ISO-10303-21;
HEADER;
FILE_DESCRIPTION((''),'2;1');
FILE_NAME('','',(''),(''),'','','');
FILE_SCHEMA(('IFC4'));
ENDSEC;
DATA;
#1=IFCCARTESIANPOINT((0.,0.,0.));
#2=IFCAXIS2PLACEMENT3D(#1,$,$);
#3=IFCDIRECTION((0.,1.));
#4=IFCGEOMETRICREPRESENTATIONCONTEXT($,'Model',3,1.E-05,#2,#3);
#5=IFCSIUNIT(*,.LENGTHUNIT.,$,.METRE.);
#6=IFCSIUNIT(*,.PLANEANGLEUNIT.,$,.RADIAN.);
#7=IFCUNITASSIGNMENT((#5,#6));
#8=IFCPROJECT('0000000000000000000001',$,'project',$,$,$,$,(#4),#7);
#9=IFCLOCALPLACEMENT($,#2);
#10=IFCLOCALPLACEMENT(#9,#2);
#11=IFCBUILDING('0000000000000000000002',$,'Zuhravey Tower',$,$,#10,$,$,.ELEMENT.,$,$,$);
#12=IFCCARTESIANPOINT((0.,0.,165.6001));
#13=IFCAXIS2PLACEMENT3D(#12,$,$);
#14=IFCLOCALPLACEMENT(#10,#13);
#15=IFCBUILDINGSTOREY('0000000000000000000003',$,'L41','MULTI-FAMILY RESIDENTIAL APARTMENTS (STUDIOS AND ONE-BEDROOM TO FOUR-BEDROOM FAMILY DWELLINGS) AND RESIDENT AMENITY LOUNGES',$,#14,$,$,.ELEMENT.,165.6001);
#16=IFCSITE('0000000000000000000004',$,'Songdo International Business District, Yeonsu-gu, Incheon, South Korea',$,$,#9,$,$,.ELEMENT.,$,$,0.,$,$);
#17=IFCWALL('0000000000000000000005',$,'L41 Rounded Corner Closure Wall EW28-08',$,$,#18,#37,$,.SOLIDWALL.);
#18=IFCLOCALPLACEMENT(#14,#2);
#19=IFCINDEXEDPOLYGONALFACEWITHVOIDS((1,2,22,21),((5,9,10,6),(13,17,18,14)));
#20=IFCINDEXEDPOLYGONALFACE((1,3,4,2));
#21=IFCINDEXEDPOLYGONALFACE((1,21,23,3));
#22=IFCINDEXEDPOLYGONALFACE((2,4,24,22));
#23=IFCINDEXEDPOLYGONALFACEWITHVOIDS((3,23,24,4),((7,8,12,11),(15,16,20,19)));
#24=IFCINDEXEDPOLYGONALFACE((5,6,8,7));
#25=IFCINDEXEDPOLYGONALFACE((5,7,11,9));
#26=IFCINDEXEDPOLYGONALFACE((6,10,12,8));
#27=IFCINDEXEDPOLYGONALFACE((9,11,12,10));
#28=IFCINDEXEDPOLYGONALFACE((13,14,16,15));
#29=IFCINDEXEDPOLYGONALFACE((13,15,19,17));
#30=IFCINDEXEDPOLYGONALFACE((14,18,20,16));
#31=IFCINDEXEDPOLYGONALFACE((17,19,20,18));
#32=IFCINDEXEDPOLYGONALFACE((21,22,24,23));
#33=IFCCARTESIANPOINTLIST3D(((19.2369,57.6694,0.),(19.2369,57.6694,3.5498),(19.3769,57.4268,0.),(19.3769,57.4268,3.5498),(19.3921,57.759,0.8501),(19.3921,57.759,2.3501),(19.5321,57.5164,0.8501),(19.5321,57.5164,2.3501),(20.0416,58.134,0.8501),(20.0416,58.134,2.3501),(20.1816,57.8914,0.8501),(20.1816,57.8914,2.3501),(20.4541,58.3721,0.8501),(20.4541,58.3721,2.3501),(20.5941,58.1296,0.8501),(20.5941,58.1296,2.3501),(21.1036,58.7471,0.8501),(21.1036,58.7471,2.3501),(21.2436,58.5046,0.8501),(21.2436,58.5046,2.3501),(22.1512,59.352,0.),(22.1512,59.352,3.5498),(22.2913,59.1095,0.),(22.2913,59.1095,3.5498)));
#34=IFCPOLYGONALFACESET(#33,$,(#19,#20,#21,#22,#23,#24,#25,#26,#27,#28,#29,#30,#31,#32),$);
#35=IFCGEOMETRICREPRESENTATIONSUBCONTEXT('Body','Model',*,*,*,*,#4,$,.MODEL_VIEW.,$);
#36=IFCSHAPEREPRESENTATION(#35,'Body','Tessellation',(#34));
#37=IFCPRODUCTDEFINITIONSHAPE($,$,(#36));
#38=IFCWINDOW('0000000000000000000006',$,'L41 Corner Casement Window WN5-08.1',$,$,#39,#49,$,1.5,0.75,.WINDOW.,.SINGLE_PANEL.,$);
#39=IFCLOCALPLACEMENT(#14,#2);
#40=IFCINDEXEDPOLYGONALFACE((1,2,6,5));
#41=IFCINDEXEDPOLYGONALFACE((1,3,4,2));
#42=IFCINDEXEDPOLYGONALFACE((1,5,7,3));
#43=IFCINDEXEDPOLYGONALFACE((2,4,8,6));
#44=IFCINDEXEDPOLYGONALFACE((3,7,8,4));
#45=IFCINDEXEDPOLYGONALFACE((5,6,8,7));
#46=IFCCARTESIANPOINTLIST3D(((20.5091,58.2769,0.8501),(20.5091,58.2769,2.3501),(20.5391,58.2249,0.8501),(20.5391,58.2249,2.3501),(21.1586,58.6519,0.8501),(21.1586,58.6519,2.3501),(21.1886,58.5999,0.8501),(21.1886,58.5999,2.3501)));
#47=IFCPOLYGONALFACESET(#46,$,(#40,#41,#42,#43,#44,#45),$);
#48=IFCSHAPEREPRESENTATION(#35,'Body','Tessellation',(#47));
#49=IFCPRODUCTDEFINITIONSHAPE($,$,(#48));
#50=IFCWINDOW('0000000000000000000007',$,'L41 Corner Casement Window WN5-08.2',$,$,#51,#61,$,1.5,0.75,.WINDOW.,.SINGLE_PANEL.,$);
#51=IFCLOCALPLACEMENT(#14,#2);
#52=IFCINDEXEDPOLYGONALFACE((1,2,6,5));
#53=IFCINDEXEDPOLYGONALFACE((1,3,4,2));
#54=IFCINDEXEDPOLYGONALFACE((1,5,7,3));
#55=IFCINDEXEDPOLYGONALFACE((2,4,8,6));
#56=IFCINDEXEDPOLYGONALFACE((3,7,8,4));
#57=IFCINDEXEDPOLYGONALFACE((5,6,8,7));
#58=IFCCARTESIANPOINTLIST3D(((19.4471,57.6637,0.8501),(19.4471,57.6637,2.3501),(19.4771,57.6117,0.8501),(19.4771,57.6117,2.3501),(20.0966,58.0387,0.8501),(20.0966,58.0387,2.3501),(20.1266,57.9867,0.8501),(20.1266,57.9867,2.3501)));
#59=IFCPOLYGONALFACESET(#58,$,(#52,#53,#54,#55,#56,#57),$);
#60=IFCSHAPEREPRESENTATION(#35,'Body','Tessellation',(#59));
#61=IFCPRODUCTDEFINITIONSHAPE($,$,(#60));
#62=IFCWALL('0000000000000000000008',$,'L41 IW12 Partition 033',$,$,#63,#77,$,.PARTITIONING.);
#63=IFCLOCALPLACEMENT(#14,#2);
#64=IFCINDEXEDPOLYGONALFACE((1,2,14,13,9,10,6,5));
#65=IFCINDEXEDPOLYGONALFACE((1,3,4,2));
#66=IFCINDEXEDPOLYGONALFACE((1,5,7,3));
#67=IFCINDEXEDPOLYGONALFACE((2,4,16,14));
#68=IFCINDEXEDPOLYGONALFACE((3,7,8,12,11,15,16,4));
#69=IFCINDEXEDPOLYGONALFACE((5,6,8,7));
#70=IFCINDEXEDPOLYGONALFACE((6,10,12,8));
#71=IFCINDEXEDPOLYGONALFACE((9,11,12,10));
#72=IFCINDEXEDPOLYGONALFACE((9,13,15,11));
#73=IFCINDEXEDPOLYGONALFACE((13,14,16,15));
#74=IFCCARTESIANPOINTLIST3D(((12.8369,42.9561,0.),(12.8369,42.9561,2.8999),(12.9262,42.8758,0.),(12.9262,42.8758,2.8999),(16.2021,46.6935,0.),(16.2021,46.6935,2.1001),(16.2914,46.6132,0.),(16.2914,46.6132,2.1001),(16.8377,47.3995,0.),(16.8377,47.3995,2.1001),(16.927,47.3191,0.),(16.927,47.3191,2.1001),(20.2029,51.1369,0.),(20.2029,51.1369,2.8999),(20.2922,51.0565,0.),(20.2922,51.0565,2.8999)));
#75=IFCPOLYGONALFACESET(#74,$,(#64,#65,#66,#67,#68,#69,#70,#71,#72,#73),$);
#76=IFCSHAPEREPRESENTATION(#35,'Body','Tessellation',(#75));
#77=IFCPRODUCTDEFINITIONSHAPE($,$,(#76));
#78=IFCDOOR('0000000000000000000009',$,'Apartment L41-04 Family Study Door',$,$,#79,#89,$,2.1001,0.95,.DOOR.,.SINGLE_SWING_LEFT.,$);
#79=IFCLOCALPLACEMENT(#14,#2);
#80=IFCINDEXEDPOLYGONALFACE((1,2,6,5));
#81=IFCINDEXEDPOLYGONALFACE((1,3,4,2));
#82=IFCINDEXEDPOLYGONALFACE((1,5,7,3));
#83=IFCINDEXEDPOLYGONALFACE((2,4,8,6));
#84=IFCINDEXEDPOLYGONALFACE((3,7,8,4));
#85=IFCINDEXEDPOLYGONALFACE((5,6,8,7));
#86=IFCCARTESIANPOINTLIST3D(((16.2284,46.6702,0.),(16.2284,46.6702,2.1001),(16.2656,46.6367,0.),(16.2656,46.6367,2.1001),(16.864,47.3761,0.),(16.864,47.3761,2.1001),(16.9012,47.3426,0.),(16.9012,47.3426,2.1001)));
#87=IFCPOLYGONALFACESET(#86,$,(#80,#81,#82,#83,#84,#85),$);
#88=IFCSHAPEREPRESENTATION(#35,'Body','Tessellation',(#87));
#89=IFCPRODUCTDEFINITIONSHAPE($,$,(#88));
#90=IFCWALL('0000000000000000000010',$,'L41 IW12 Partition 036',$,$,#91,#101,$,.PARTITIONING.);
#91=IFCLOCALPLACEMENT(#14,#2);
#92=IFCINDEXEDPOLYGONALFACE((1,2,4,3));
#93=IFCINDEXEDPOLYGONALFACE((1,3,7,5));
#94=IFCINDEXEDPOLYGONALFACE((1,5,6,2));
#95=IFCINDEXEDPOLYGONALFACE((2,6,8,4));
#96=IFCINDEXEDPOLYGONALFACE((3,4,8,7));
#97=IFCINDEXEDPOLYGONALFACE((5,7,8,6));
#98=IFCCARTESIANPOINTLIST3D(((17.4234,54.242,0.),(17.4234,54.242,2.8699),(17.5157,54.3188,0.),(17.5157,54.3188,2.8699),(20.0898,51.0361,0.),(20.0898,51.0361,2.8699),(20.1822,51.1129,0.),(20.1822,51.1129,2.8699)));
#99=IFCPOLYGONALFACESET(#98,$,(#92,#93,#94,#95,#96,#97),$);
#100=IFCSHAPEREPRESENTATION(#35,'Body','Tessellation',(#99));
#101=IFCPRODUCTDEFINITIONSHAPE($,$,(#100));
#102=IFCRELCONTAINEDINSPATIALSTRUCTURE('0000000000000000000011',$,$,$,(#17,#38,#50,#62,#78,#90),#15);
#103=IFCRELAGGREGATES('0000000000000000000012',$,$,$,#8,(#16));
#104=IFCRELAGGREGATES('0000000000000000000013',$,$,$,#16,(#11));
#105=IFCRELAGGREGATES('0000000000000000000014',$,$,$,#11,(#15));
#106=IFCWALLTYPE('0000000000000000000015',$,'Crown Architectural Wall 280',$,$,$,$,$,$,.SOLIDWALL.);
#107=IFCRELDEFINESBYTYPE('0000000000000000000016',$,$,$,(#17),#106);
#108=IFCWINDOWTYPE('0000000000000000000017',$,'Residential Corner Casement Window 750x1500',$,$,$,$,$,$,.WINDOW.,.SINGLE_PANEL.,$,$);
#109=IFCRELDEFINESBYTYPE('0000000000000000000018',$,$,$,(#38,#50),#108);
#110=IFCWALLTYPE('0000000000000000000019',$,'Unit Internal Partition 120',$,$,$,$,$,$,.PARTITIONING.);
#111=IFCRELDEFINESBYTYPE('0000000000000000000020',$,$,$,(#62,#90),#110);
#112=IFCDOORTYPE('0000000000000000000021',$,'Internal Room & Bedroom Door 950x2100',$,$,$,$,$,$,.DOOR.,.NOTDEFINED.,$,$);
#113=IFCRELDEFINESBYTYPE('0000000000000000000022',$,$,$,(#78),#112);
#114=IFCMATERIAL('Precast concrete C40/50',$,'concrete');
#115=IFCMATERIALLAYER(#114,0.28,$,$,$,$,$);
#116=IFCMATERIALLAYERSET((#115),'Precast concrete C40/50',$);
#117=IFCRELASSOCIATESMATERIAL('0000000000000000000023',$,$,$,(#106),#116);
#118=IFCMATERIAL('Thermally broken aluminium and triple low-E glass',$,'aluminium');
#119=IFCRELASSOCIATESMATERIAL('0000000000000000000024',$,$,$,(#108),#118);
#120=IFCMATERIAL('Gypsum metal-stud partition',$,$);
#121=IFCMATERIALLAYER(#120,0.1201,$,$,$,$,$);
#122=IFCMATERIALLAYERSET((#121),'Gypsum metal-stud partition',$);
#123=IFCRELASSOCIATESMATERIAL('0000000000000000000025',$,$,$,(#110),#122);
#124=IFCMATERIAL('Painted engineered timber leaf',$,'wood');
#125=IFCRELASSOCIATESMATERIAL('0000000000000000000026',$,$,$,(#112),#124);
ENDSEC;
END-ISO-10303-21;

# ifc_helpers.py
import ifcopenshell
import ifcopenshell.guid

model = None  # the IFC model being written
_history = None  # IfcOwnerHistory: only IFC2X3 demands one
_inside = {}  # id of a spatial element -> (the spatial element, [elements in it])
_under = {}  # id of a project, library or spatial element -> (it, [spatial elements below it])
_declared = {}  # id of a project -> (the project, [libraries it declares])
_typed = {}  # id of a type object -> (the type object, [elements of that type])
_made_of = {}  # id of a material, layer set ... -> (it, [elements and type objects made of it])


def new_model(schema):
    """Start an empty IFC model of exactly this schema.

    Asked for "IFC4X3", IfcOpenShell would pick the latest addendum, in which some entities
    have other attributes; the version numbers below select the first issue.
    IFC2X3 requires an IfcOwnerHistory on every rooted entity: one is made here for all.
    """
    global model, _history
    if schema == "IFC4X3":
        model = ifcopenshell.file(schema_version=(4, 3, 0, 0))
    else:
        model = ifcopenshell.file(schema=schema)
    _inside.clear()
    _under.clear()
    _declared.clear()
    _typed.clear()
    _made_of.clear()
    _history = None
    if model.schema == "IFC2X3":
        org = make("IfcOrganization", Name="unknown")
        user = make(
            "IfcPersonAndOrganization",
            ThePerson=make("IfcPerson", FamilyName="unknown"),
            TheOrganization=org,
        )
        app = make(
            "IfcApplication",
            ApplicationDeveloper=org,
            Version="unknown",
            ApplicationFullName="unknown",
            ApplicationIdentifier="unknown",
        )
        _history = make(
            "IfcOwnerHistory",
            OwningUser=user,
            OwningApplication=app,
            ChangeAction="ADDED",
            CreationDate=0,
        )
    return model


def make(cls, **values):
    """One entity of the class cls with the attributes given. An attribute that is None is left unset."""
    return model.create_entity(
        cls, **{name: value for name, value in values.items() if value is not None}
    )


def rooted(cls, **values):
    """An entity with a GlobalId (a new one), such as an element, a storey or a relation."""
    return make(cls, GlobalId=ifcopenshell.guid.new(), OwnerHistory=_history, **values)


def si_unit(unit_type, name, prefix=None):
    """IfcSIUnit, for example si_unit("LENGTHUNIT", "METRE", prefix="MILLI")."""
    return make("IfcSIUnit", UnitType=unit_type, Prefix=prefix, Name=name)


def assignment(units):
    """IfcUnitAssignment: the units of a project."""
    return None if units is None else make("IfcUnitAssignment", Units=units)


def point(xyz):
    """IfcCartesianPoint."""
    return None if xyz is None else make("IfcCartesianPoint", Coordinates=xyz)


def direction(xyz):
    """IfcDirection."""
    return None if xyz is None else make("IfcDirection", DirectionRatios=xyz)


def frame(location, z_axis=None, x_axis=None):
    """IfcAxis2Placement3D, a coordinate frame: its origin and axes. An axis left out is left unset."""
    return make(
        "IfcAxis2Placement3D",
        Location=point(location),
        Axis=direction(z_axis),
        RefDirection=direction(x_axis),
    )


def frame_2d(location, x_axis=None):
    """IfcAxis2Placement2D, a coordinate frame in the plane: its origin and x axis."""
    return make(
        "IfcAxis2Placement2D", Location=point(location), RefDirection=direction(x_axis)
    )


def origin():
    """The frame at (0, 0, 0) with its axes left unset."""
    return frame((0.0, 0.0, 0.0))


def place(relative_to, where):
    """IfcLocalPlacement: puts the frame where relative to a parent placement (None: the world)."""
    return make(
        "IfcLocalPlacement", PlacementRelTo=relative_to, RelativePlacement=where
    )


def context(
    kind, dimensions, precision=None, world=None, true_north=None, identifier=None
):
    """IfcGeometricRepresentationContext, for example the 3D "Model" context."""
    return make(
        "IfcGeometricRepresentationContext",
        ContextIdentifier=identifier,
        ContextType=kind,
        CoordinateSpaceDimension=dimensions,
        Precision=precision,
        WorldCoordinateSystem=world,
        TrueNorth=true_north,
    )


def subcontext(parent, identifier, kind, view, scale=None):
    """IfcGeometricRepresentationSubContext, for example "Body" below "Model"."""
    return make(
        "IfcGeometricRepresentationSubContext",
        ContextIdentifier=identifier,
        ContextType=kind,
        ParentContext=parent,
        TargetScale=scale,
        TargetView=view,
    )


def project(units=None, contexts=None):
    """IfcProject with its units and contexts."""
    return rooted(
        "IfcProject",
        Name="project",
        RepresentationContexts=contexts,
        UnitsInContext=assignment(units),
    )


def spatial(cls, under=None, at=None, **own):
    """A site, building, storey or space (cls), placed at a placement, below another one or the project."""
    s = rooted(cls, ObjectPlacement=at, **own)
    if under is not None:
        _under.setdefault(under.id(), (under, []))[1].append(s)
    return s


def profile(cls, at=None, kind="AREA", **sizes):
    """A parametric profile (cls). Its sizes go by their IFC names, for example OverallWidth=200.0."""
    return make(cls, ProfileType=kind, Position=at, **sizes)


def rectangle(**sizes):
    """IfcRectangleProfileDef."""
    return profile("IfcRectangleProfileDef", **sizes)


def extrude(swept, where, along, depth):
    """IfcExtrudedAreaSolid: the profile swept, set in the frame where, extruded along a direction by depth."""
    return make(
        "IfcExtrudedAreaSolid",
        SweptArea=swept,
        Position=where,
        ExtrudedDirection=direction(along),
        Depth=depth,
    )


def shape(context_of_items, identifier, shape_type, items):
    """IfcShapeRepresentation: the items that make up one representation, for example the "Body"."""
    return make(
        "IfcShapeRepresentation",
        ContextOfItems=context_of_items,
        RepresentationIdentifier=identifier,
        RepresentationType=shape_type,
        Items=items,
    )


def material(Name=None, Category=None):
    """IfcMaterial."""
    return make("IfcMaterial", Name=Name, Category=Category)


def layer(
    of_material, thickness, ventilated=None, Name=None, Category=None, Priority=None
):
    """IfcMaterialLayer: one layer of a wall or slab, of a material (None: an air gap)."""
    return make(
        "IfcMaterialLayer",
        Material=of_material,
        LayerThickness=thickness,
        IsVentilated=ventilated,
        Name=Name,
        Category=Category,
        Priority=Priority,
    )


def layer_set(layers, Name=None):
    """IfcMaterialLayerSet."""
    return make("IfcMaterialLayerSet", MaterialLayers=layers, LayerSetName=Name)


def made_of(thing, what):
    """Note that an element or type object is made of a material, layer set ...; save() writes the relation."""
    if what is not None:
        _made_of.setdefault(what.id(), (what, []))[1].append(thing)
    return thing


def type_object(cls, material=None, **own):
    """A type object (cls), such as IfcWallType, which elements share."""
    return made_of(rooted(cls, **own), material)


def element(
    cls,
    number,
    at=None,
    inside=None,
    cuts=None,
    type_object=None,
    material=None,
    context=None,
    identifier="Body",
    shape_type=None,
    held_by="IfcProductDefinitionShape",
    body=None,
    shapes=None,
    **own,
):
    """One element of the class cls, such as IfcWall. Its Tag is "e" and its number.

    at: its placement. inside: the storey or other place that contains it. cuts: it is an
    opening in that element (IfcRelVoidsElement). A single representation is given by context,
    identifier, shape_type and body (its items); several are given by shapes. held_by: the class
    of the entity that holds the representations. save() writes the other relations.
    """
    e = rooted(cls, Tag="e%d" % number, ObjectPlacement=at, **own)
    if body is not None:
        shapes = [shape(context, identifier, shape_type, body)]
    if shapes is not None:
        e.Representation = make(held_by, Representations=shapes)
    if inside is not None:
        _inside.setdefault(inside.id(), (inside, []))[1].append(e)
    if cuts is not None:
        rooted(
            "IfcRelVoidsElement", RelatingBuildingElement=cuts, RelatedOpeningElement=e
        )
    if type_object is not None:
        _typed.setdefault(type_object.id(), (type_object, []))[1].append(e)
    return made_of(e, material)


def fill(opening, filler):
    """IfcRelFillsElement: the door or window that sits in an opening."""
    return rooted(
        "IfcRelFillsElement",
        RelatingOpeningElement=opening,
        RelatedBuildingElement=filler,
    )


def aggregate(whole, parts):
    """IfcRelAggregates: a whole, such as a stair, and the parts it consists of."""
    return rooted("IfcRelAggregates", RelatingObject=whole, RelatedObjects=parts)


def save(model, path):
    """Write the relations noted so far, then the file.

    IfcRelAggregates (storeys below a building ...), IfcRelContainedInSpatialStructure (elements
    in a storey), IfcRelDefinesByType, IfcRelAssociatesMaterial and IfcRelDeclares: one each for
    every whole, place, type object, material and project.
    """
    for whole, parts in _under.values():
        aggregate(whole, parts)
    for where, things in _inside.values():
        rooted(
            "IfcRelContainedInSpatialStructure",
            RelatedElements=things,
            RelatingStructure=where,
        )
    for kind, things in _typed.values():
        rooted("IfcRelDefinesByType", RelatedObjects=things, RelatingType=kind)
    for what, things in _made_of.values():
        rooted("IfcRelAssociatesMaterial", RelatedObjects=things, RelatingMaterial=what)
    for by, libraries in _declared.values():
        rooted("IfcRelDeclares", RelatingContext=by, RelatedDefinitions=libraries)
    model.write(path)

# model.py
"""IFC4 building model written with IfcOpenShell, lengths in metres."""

from ifc_helpers import new_model, si_unit, direction, frame, frame_2d, origin, place, context, subcontext, project, spatial, rectangle, extrude, material, layer, layer_set, type_object, element, fill, save


model = new_model("IFC4")

# Units and contexts
model_context = context("Model", 3, precision=1e-05, world=origin(), true_north=direction((0.0, 1.0)))
body_context = subcontext(model_context, "Body", "Model", "MODEL_VIEW")
ifc_project = project(units=[si_unit("LENGTHUNIT", "METRE"), si_unit("PLANEANGLEUNIT", "RADIAN")], contexts=[model_context])

# Site, building, storey
site_placement = place(None, origin())
site = spatial("IfcSite", under=ifc_project, at=site_placement, Name="Songdo International Business District, Yeonsu-gu, Incheon, South Korea", CompositionType="ELEMENT", RefElevation=0.0)
building_placement = place(site_placement, origin())
building = spatial("IfcBuilding", under=site, at=building_placement, Name="Zuhravey Tower", CompositionType="ELEMENT")
storey_placement = place(building_placement, frame((0.0, 0.0, 165.6001)))
storey = spatial("IfcBuildingStorey", under=building, at=storey_placement, Name="L41", Description="MULTI-FAMILY RESIDENTIAL APARTMENTS (STUDIOS AND ONE-BEDROOM TO FOUR-BEDROOM FAMILY DWELLINGS) AND RESIDENT AMENITY LOUNGES", CompositionType="ELEMENT", Elevation=165.6001)

# Shared definitions
ifc_material_1 = material(Name="Precast concrete C40/50", Category="concrete")
ifc_layer_1 = layer(ifc_material_1, 0.28)
ifc_layer_set_1 = layer_set([ifc_layer_1], Name="Precast concrete C40/50")
wall_type_1 = type_object("IfcWallType", Name="Crown Architectural Wall 280", PredefinedType="SOLIDWALL", material=ifc_layer_set_1)

# Wall, openings, windows
wall_1_placement = place(storey_placement, frame((19.3069, 57.5481, 0.0), z_axis=(0.0, 0.0, 1.0), x_axis=(0.86602, 0.500009, 0.0)))
wall_1 = element("IfcWall", 1, at=wall_1_placement, inside=storey, type_object=wall_type_1, Name="L41 Rounded Corner Closure Wall EW28-08", PredefinedType="SOLIDWALL", context=body_context, shape_type="SweptSolid", body=[
    extrude(rectangle(XDim=3.3652, YDim=0.28, at=frame_2d((1.6826, 0.0))), origin(), (0.0, 0.0, 1.0), 3.5498),
])
opening_1_placement = place(wall_1_placement, frame((1.4055, 0.0, 0.8501)))
opening_1 = element("IfcOpeningElement", 2, at=opening_1_placement, cuts=wall_1, PredefinedType="OPENING", context=body_context, shape_type="SweptSolid", body=[
    extrude(rectangle(XDim=0.75, YDim=1.5, at=frame_2d((0.375, 0.75))), frame((0.0, 0.1521, 0.0), z_axis=(0.0, -1.0, 0.0), x_axis=(1.0, 0.0, 0.0)), (0.0, 0.0, 1.0), 0.304),
])
opening_2_placement = place(wall_1_placement, frame((0.1792, 0.0, 0.8501)))
opening_2 = element("IfcOpeningElement", 3, at=opening_2_placement, cuts=wall_1, PredefinedType="OPENING", context=body_context, shape_type="SweptSolid", body=[
    extrude(rectangle(XDim=0.75, YDim=1.5, at=frame_2d((0.375, 0.75))), frame((0.0, 0.1521, 0.0), z_axis=(0.0, -1.0, 0.0), x_axis=(1.0, 0.0, 0.0)), (0.0, 0.0, 1.0), 0.304),
])
ifc_material_2 = material(Name="Thermally broken aluminium and triple low-E glass", Category="aluminium")
window_type = type_object("IfcWindowType", Name="Residential Corner Casement Window 750x1500", PartitioningType="SINGLE_PANEL", PredefinedType="WINDOW", material=ifc_material_2)
window_1_placement = place(opening_1_placement, origin())
window_1 = element("IfcWindow", 4, at=window_1_placement, inside=storey, type_object=window_type, Name="L41 Corner Casement Window WN5-08.1", OverallHeight=1.5, OverallWidth=0.75, PartitioningType="SINGLE_PANEL", PredefinedType="WINDOW", context=body_context, shape_type="SweptSolid", body=[
    extrude(rectangle(XDim=0.75, YDim=1.5, at=frame_2d((0.375, 0.75))), frame((0.0, 0.03, 0.0), z_axis=(0.0, -1.0, 0.0), x_axis=(1.0, 0.0, 0.0)), (0.0, 0.0, 1.0), 0.0601),
])
fill(opening_1, window_1)
window_2_placement = place(opening_2_placement, origin())
window_2 = element("IfcWindow", 5, at=window_2_placement, inside=storey, type_object=window_type, Name="L41 Corner Casement Window WN5-08.2", OverallHeight=1.5, OverallWidth=0.75, PartitioningType="SINGLE_PANEL", PredefinedType="WINDOW", context=body_context, shape_type="SweptSolid", body=[
    extrude(rectangle(XDim=0.75, YDim=1.5, at=frame_2d((0.375, 0.75))), frame((0.0, 0.03, 0.0), z_axis=(0.0, -1.0, 0.0), x_axis=(1.0, 0.0, 0.0)), (0.0, 0.0, 1.0), 0.0601),
])
fill(opening_2, window_2)

# Wall, opening, door
ifc_material_3 = material(Name="Gypsum metal-stud partition")
ifc_layer_2 = layer(ifc_material_3, 0.1201)
ifc_layer_set_2 = layer_set([ifc_layer_2], Name="Gypsum metal-stud partition")
wall_type_2 = type_object("IfcWallType", Name="Unit Internal Partition 120", PredefinedType="PARTITIONING", material=ifc_layer_set_2)
wall_2_placement = place(storey_placement, frame((20.2476, 51.0967, 0.0), z_axis=(0.0, 0.0, 1.0), x_axis=(-0.669134, -0.743142, 0.0)))
wall_2 = element("IfcWall", 6, at=wall_2_placement, inside=storey, type_object=wall_type_2, Name="L41 IW12 Partition 033", PredefinedType="PARTITIONING", context=body_context, shape_type="SweptSolid", body=[
    extrude(rectangle(XDim=11.0083, YDim=0.1201, at=frame_2d((5.5042, 0.0))), origin(), (0.0, 0.0, 1.0), 2.8999),
])
opening_3_placement = place(wall_2_placement, frame((5.0291, 0.0, 0.0)))
opening_3 = element("IfcOpeningElement", 7, at=opening_3_placement, cuts=wall_2, PredefinedType="OPENING", context=body_context, shape_type="SweptSolid", body=[
    extrude(rectangle(XDim=0.95, YDim=2.1001, at=frame_2d((0.4751, 1.05))), frame((0.0, 0.072, 0.0), z_axis=(0.0, -1.0, 0.0), x_axis=(1.0, 0.0, 0.0)), (0.0, 0.0, 1.0), 0.144),
])
ifc_material_4 = material(Name="Painted engineered timber leaf", Category="wood")
door_type_1 = type_object("IfcDoorType", Name="Internal Room & Bedroom Door 950x2100", OperationType="NOTDEFINED", PredefinedType="DOOR", material=ifc_material_4)
door_1_placement = place(opening_3_placement, frame((0.95, 0.0, 0.0), z_axis=(0.0, 0.0, 1.0), x_axis=(-1.0, 0.0, 0.0)))
door_1 = element("IfcDoor", 8, at=door_1_placement, inside=storey, type_object=door_type_1, Name="Apartment L41-04 Family Study Door", OperationType="SINGLE_SWING_LEFT", OverallHeight=2.1001, OverallWidth=0.95, PredefinedType="DOOR", context=body_context, shape_type="SweptSolid", body=[
    extrude(rectangle(XDim=0.95, YDim=2.1001, at=frame_2d((0.4751, 1.05))), frame((0.0, 0.0249, 0.0), z_axis=(0.0, -1.0, 0.0), x_axis=(1.0, 0.0, 0.0)), (0.0, 0.0, 1.0), 0.05),
])
fill(opening_3, door_1)

# Wall
wall_3_placement = place(storey_placement, frame((20.136, 51.0745, 0.0), z_axis=(0.0, 0.0, 1.0), x_axis=(-0.639447, 0.768835, 0.0)))
element("IfcWall", 9, at=wall_3_placement, inside=storey, type_object=wall_type_2, Name="L41 IW12 Partition 036", PredefinedType="PARTITIONING", context=body_context, shape_type="SweptSolid", body=[
    extrude(rectangle(XDim=4.1699, YDim=0.1201, at=frame_2d((2.085, 0.0))), origin(), (0.0, 0.0, 1.0), 2.8699),
])

save(model, "model.ifc")
